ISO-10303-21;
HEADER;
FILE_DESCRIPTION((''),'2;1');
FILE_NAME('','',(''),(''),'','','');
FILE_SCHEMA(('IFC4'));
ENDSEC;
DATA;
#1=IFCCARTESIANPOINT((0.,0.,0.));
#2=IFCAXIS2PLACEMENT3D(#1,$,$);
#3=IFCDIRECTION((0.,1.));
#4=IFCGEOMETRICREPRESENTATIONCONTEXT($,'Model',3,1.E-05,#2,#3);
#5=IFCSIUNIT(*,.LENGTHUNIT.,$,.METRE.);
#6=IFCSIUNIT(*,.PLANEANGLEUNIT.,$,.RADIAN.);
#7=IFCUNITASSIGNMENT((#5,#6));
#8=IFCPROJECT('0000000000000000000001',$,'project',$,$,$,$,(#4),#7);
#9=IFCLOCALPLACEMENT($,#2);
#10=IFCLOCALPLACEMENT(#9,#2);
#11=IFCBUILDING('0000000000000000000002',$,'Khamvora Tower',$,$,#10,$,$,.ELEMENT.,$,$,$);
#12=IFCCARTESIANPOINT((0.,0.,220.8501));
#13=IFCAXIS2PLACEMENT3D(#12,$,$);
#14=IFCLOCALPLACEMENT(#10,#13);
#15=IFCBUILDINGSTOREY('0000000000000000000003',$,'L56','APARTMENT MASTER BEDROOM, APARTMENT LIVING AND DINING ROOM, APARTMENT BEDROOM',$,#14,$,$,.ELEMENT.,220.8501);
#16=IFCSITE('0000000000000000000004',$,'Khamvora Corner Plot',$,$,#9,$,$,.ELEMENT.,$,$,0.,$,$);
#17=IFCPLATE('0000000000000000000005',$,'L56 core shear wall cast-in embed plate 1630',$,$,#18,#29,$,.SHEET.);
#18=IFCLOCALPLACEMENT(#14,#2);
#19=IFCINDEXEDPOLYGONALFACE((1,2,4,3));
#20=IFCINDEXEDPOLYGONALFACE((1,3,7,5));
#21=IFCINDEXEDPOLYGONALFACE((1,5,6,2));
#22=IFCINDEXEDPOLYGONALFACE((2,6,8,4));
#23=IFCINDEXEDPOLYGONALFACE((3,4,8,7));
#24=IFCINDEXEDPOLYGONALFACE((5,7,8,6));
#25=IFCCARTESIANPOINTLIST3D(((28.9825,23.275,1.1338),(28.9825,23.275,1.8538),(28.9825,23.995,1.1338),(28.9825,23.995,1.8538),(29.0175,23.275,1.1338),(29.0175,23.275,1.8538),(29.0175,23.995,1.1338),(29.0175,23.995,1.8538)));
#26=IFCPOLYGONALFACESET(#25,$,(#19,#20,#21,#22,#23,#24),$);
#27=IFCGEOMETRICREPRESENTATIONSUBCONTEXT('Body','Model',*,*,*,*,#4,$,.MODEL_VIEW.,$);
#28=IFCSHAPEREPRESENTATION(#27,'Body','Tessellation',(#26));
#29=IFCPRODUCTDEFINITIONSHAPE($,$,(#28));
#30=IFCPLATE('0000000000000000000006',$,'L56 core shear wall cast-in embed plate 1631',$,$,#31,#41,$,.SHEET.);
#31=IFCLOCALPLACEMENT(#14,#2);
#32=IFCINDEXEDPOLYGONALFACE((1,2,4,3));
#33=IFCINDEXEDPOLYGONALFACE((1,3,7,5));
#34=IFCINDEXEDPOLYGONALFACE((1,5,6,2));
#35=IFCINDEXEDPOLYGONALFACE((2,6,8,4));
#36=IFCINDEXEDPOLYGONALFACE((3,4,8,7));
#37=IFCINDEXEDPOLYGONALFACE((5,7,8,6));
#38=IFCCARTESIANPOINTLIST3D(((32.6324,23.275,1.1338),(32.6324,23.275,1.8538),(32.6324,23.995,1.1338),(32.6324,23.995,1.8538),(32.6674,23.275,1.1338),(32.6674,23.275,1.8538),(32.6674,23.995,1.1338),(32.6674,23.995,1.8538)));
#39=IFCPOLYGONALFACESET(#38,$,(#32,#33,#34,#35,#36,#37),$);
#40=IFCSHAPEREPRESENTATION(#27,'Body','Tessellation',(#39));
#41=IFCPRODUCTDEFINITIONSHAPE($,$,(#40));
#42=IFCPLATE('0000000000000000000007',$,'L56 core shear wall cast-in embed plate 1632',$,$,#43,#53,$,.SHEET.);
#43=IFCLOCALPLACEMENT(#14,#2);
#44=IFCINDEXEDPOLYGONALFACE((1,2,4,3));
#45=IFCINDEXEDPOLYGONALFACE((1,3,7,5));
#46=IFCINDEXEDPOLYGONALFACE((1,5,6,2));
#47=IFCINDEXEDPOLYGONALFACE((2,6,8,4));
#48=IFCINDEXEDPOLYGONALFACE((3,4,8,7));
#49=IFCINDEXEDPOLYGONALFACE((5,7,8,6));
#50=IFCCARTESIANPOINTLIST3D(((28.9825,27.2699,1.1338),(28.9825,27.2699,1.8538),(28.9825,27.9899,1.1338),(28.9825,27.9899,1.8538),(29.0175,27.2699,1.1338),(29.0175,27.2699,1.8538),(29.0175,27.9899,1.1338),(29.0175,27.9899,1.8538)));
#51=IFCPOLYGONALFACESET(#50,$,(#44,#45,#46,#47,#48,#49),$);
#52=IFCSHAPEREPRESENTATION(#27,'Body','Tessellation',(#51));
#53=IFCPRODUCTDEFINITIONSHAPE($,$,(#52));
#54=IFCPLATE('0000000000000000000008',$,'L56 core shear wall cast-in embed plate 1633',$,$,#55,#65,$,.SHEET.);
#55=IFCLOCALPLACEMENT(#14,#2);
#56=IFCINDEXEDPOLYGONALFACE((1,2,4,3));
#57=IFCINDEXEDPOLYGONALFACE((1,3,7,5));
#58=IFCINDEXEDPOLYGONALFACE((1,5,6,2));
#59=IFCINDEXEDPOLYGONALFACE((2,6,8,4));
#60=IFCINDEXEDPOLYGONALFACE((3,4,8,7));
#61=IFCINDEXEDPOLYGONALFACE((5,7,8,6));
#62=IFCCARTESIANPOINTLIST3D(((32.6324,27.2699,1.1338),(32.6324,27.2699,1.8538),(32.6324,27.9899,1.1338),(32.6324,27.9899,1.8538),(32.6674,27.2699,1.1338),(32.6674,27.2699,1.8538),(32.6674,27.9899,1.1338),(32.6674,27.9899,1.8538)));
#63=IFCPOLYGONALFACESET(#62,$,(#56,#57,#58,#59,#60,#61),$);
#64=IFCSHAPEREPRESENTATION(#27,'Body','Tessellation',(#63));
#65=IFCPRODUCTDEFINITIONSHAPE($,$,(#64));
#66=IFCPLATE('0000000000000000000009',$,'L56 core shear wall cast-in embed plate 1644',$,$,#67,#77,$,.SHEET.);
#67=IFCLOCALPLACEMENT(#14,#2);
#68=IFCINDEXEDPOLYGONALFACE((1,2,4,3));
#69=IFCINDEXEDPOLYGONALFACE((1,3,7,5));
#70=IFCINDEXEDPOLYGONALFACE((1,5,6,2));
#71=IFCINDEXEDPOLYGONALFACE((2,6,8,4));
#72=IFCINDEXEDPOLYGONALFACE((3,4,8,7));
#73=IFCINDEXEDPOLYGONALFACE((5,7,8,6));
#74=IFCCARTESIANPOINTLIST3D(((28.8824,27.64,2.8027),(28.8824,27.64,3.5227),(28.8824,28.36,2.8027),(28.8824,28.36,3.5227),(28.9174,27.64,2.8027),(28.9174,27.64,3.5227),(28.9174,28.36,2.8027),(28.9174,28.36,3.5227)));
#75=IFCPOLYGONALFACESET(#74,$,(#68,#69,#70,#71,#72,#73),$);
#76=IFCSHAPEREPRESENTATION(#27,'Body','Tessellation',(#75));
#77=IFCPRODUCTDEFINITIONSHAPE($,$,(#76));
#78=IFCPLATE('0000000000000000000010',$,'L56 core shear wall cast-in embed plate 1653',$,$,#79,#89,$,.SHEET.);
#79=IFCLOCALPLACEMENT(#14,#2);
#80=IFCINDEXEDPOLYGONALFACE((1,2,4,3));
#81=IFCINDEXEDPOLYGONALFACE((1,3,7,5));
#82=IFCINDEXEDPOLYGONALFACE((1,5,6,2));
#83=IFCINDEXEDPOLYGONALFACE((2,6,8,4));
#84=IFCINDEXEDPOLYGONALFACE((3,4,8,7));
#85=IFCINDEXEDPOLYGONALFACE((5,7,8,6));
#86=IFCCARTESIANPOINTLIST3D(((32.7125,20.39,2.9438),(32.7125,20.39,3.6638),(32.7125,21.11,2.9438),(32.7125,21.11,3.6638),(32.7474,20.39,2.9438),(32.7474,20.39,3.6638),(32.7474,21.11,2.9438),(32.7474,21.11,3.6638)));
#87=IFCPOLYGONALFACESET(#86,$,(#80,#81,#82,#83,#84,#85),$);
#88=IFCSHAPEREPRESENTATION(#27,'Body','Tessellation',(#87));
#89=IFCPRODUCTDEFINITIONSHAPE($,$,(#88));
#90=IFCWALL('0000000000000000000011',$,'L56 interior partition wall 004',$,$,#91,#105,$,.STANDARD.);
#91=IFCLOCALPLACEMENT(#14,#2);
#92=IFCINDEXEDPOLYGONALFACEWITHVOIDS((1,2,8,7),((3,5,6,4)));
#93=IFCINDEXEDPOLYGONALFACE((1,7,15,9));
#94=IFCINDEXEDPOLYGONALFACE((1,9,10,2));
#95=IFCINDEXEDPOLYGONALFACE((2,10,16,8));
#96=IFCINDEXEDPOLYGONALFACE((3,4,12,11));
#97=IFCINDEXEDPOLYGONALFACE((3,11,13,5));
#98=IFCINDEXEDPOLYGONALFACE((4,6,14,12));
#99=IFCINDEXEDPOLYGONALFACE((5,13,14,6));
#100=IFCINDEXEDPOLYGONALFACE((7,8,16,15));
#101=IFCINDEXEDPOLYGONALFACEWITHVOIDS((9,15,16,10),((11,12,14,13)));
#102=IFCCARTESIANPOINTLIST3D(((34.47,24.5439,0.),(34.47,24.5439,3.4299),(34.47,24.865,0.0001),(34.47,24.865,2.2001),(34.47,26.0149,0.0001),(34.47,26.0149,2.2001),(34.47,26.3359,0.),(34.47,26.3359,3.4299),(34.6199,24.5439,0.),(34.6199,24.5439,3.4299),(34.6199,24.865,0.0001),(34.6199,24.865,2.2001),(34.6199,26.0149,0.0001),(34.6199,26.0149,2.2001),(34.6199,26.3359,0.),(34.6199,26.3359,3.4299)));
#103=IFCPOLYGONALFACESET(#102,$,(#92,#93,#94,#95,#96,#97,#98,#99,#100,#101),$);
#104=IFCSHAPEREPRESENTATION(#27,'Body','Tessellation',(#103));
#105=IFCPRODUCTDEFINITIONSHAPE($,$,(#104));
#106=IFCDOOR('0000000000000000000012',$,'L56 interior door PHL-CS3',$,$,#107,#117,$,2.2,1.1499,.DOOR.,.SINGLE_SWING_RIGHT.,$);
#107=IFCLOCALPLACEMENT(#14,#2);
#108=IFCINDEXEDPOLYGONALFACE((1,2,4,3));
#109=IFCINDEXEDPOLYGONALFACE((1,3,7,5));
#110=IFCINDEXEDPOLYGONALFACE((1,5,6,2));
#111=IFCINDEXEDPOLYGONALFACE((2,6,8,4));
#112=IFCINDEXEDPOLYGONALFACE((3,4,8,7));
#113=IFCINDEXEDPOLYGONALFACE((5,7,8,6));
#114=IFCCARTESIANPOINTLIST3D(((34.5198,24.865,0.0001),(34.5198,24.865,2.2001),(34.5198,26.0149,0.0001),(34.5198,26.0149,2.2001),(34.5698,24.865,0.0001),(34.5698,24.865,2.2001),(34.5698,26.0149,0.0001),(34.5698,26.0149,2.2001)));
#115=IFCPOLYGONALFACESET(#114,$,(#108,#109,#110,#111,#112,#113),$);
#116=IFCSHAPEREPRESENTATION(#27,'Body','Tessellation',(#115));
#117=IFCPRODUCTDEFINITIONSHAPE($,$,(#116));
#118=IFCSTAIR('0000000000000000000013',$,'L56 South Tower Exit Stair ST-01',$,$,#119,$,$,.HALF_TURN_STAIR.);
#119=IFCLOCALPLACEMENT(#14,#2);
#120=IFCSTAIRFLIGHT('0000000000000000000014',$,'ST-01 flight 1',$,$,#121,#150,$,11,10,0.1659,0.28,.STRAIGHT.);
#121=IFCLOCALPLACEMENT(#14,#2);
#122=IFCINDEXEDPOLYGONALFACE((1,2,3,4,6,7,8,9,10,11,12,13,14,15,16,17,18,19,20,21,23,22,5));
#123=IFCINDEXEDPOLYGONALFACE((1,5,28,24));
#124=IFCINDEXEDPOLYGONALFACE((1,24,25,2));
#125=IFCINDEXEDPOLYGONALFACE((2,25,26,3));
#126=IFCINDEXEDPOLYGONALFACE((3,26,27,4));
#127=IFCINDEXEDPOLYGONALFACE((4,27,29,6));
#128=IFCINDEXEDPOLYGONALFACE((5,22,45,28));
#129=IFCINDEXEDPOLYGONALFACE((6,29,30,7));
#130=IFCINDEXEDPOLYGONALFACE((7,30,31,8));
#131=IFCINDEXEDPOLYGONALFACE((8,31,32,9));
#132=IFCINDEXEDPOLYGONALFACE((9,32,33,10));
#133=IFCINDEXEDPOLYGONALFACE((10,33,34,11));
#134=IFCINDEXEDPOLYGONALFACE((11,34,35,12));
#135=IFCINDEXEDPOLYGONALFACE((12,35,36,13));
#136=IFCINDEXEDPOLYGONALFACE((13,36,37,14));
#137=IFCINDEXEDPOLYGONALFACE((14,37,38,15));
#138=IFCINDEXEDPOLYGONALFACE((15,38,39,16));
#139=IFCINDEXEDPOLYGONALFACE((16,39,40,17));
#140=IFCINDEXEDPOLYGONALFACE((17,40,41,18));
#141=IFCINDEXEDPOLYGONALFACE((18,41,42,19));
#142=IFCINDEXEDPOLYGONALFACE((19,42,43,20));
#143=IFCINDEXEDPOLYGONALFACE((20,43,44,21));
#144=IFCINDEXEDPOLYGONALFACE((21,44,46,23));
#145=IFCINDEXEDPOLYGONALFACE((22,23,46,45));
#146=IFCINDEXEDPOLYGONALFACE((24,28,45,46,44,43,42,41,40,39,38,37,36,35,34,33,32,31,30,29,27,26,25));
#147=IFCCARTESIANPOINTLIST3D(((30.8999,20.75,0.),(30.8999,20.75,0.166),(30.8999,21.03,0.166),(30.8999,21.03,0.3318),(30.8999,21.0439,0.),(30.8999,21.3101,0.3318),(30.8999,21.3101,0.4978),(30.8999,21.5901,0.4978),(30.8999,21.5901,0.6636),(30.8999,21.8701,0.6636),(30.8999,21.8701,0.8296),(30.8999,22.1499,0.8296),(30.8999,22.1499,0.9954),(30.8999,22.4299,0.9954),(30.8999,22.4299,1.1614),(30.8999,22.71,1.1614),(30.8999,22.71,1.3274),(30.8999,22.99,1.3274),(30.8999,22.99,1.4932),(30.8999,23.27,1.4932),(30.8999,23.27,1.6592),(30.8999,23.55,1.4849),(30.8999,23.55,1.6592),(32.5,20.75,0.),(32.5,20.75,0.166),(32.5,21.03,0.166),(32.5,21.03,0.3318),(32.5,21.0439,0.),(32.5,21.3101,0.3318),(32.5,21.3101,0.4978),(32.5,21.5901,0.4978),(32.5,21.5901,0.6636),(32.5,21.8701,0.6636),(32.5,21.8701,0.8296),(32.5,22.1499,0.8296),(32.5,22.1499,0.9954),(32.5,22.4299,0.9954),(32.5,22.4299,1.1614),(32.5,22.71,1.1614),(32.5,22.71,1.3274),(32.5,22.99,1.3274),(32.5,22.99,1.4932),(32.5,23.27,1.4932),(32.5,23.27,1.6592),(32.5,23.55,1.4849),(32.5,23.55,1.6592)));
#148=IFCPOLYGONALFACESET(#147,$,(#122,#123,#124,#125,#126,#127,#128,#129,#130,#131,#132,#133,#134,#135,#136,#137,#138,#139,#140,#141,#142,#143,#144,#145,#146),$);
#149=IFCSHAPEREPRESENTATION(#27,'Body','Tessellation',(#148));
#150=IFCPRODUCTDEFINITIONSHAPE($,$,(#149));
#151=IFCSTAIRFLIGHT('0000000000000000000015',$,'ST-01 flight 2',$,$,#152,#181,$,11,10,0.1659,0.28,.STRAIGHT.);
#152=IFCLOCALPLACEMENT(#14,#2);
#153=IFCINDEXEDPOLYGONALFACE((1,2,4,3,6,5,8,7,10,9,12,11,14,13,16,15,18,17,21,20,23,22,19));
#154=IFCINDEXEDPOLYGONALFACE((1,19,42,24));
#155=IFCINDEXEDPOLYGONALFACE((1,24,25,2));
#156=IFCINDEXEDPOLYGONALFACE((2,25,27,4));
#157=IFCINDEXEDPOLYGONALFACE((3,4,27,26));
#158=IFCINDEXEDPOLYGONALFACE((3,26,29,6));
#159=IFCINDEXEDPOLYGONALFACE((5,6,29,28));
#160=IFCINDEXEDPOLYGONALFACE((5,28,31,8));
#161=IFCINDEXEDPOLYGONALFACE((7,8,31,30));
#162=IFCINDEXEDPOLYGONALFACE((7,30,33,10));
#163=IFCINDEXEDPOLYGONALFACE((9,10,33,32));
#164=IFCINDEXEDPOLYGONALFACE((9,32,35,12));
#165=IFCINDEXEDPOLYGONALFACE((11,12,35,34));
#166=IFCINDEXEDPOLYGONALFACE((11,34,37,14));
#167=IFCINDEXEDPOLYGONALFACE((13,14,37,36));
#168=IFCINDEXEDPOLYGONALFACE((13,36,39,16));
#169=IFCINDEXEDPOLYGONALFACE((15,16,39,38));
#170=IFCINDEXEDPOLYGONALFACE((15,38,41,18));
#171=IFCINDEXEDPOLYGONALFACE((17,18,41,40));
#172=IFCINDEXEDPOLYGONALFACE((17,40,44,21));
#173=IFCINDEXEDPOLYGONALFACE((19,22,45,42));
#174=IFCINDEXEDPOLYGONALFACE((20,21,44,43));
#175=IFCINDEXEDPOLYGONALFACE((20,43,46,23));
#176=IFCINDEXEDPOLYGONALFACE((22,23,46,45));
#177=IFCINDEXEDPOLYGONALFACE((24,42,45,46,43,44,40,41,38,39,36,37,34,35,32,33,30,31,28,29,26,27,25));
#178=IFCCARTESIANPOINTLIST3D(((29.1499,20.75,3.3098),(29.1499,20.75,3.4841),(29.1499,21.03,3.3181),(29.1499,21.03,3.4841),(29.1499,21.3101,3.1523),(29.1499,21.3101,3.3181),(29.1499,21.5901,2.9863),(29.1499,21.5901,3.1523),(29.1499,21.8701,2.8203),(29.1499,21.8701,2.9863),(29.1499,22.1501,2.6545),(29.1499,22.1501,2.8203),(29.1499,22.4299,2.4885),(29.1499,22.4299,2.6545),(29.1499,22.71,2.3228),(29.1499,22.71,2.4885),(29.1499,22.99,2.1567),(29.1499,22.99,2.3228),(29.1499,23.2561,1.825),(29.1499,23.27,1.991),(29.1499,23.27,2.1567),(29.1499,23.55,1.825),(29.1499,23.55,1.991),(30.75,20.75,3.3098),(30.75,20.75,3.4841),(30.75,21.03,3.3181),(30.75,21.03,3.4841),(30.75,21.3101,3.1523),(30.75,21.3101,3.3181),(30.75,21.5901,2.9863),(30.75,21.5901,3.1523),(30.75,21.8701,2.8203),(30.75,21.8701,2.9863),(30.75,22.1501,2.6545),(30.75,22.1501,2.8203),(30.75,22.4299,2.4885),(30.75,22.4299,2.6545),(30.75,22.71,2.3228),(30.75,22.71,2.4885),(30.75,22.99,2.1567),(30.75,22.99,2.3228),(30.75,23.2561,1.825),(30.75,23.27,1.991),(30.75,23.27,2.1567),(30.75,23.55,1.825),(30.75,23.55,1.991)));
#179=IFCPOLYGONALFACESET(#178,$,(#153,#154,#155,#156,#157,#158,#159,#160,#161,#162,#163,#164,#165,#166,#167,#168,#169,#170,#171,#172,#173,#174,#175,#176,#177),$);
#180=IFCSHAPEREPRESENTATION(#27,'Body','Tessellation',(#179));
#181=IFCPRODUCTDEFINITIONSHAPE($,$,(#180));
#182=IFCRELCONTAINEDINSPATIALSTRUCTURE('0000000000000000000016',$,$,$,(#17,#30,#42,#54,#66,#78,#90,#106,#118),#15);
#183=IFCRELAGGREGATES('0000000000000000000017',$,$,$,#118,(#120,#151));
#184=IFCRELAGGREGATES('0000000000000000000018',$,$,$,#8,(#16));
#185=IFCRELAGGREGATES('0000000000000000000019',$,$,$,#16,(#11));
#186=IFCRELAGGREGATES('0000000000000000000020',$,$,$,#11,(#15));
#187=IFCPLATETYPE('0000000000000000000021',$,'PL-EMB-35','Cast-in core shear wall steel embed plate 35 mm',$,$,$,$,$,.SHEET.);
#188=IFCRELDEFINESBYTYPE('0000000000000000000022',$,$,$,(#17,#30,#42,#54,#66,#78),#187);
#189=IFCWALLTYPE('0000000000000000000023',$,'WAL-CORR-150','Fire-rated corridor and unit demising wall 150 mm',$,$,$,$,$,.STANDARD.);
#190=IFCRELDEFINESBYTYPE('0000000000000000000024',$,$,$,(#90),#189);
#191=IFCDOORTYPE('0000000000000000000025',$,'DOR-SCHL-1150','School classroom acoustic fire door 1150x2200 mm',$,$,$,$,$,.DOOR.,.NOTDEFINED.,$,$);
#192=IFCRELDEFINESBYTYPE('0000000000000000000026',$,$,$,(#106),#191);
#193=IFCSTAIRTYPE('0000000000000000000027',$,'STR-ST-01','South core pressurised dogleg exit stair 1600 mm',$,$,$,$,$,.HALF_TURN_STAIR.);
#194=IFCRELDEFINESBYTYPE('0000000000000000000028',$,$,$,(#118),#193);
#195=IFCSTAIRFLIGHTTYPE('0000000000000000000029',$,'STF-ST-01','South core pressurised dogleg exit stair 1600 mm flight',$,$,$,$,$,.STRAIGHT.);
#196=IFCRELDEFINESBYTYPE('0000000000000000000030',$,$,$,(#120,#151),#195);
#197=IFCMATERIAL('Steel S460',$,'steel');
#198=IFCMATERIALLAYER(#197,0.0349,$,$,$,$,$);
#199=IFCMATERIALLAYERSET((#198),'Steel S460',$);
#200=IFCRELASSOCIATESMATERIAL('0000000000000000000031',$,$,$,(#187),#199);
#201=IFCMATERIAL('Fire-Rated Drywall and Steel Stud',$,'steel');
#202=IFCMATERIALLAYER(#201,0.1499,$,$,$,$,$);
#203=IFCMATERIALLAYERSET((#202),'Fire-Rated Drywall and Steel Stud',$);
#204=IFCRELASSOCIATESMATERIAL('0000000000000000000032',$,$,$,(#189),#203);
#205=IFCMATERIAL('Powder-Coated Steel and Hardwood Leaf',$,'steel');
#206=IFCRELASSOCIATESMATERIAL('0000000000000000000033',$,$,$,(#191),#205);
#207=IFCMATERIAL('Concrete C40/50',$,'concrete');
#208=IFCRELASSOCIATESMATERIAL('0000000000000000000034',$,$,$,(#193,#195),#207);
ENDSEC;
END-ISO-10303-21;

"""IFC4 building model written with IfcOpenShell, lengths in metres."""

from ifc_helpers import new_model, si_unit, direction, frame, frame_2d, origin, origin_2d, place, context, subcontext, project, spatial, polyline, rectangle, outline, extrude, material, layer, layer_set, type_object, element, fill, aggregate, save


model = new_model("IFC4")

# Units and contexts
model_context = context("Model", 3, precision=1e-05, world=origin(), true_north=direction((0.0, 1.0)))
body_context = subcontext(model_context, "Body", "Model", "MODEL_VIEW")
ifc_project = project(units=[si_unit("LENGTHUNIT", "METRE"), si_unit("PLANEANGLEUNIT", "RADIAN")], contexts=[model_context])

# Site, building, storey
site_placement = place(None, origin())
site = spatial("IfcSite", under=ifc_project, at=site_placement, Name="Khamvora Corner Plot", CompositionType="ELEMENT", RefElevation=0.0)
building_placement = place(site_placement, origin())
building = spatial("IfcBuilding", under=site, at=building_placement, Name="Khamvora Tower", CompositionType="ELEMENT")
storey_placement = place(building_placement, frame((0.0, 0.0, 220.8501)))
storey = spatial("IfcBuildingStorey", under=building, at=storey_placement, Name="L56", Description="APARTMENT MASTER BEDROOM, APARTMENT LIVING AND DINING ROOM, APARTMENT BEDROOM", CompositionType="ELEMENT", Elevation=220.8501)

# Plates
ifc_material_1 = material(Name="Steel S460", Category="steel")
ifc_layer_1 = layer(ifc_material_1, 0.0349)
ifc_layer_set_1 = layer_set([ifc_layer_1], Name="Steel S460")
plate_type = type_object("IfcPlateType", Name="PL-EMB-35", Description="Cast-in core shear wall steel embed plate 35 mm", PredefinedType="SHEET", material=ifc_layer_set_1)
for number, where, z_axis, x_axis, name in (
    (1, (29.0, 23.635, 1.1338), (0.0, 0.0, 1.0), (1.0, 0.0, 0.0), "L56 core shear wall cast-in embed plate 1630"),
    (2, (32.6499, 23.635, 1.1338), (0.0, 0.0, 1.0), (1.0, 0.0, 0.0), "L56 core shear wall cast-in embed plate 1631"),
    (3, (29.0, 27.6299, 1.1338), (0.0, 0.0, 1.0), (1.0, 0.0, 0.0), "L56 core shear wall cast-in embed plate 1632"),
    (4, (32.6499, 27.6299, 1.1338), (0.0, 0.0, 1.0), (1.0, 0.0, 0.0), "L56 core shear wall cast-in embed plate 1633"),
    (5, (28.8999, 28.0, 2.8027), (0.0, 0.0, 1.0), (1.0, 0.0, 0.0), "L56 core shear wall cast-in embed plate 1644"),
    (6, (32.73, 20.75, 2.9438), (0.0, 0.0, 1.0), (1.0, 0.0, 0.0), "L56 core shear wall cast-in embed plate 1653"),
):
    element("IfcPlate", number, at=place(storey_placement, frame(where, z_axis=z_axis, x_axis=x_axis)), inside=storey, type_object=plate_type, Name=name, PredefinedType="SHEET", context=body_context, shape_type="SweptSolid", body=[
        extrude(rectangle(XDim=0.0349, YDim=0.72, at=origin_2d()), origin(), (0.0, 0.0, 1.0), 0.72),
    ])

# Wall, opening, door
ifc_material_2 = material(Name="Powder-Coated Steel and Hardwood Leaf", Category="steel")
ifc_material_3 = material(Name="Fire-Rated Drywall and Steel Stud", Category="steel")
ifc_layer_2 = layer(ifc_material_3, 0.1499)
ifc_layer_set_2 = layer_set([ifc_layer_2], Name="Fire-Rated Drywall and Steel Stud")
wall_type_1 = type_object("IfcWallType", Name="WAL-CORR-150", Description="Fire-rated corridor and unit demising wall 150 mm", PredefinedType="STANDARD", material=ifc_layer_set_2)
wall_1_placement = place(storey_placement, frame((34.5449, 26.3359, 0.0), z_axis=(0.0, 0.0, 1.0), x_axis=(0.0, -1.0, 0.0)))
wall_1 = element("IfcWall", 7, at=wall_1_placement, inside=storey, type_object=wall_type_1, Name="L56 interior partition wall 004", PredefinedType="STANDARD", context=body_context, shape_type="SweptSolid", body=[
    extrude(rectangle(XDim=1.792, YDim=0.1499, at=frame_2d((0.896, 0.0))), origin(), (0.0, 0.0, 1.0), 3.4299),
])
opening_1_placement = place(wall_1_placement, frame((0.321, 0.0, 0.0)))
opening_1 = element("IfcOpeningElement", 8, at=opening_1_placement, cuts=wall_1, PredefinedType="OPENING", context=body_context, shape_type="SweptSolid", body=[
    extrude(rectangle(XDim=1.1499, YDim=2.2, at=frame_2d((0.575, 1.1001))), frame((0.0, 0.085, 0.0), z_axis=(0.0, -1.0, 0.0), x_axis=(1.0, 0.0, 0.0)), (0.0, 0.0, 1.0), 0.1699),
])
door_type_1 = type_object("IfcDoorType", Name="DOR-SCHL-1150", Description="School classroom acoustic fire door 1150x2200 mm", OperationType="NOTDEFINED", PredefinedType="DOOR", material=ifc_material_2)
door_1_placement = place(opening_1_placement, origin())
door_1 = element("IfcDoor", 9, at=door_1_placement, inside=storey, type_object=door_type_1, Name="L56 interior door PHL-CS3", OperationType="SINGLE_SWING_RIGHT", OverallHeight=2.2, OverallWidth=1.1499, PredefinedType="DOOR", context=body_context, shape_type="SweptSolid", body=[
    extrude(rectangle(XDim=1.1499, YDim=2.2, at=frame_2d((0.575, 1.1001))), frame((0.0, 0.0249, 0.0), z_axis=(0.0, -1.0, 0.0), x_axis=(1.0, 0.0, 0.0)), (0.0, 0.0, 1.0), 0.05),
])
fill(opening_1, door_1)

# Stair, stair flights
ifc_material_4 = material(Name="Concrete C40/50", Category="concrete")
stair_type = type_object("IfcStairType", Name="STR-ST-01", Description="South core pressurised dogleg exit stair 1600 mm", PredefinedType="HALF_TURN_STAIR", material=ifc_material_4)
stair_placement = place(storey_placement, origin())
stair = element("IfcStair", 10, at=stair_placement, inside=storey, type_object=stair_type, Name="L56 South Tower Exit Stair ST-01", PredefinedType="HALF_TURN_STAIR")
stair_flight_type = type_object("IfcStairFlightType", Name="STF-ST-01", Description="South core pressurised dogleg exit stair 1600 mm flight", PredefinedType="STRAIGHT", material=ifc_material_4)
stair_flight_1_placement = place(storey_placement, frame((31.7, 20.75, 0.0), z_axis=(0.0, 0.0, 1.0), x_axis=(0.0, 1.0, 0.0)))
stair_flight_1 = element("IfcStairFlight", 11, at=stair_flight_1_placement, type_object=stair_flight_type, Name="ST-01 flight 1", NumberOfRisers=11, NumberOfTreads=10, PredefinedType="STRAIGHT", RiserHeight=0.1659, TreadLength=0.28, context=body_context, shape_type="SweptSolid", body=[
    extrude(outline(polyline([(0.0, 0.0), (0.0, 0.166), (0.28, 0.166), (0.28, 0.3318), (0.5601, 0.3318), (0.5601, 0.4978), (0.8401, 0.4978), (0.8401, 0.6636), (1.1201, 0.6636), (1.1201, 0.8296), (1.3999, 0.8296), (1.3999, 0.9954), (1.6799, 0.9954), (1.6799, 1.1614), (1.96, 1.1614), (1.96, 1.3274), (2.24, 1.3274), (2.24, 1.4932), (2.52, 1.4932), (2.52, 1.6592), (2.8, 1.6592), (2.8, 1.825), (2.8, 1.4849), (0.2939, 0.0), (0.0, 0.0)])), frame((0.0, 0.8, 0.0), z_axis=(0.0, -1.0, 0.0), x_axis=(1.0, 0.0, 0.0)), (0.0, 0.0, 1.0), 1.6001),
])
stair_flight_2_placement = place(storey_placement, frame((29.95, 23.55, 1.825), z_axis=(0.0, 0.0, 1.0), x_axis=(0.0, -1.0, 0.0)))
stair_flight_2 = element("IfcStairFlight", 12, at=stair_flight_2_placement, type_object=stair_flight_type, Name="ST-01 flight 2", NumberOfRisers=11, NumberOfTreads=10, PredefinedType="STRAIGHT", RiserHeight=0.1659, TreadLength=0.28, context=body_context, shape_type="SweptSolid", body=[
    extrude(outline(polyline([(0.0, 0.0), (0.0, 0.166), (0.28, 0.166), (0.28, 0.3318), (0.5601, 0.3318), (0.5601, 0.4978), (0.8401, 0.4978), (0.8401, 0.6636), (1.1201, 0.6636), (1.1201, 0.8296), (1.3999, 0.8296), (1.3999, 0.9954), (1.6799, 0.9954), (1.6799, 1.1614), (1.96, 1.1614), (1.96, 1.3274), (2.24, 1.3274), (2.24, 1.4932), (2.52, 1.4932), (2.52, 1.6592), (2.8, 1.6592), (2.8, 1.825), (2.8, 1.4849), (0.2939, 0.0), (0.0, 0.0)])), frame((0.0, 0.8, 0.0), z_axis=(0.0, -1.0, 0.0), x_axis=(1.0, 0.0, 0.0)), (0.0, 0.0, 1.0), 1.6001),
])
aggregate(stair, [stair_flight_1, stair_flight_2])

save(model, "model.ifc")
